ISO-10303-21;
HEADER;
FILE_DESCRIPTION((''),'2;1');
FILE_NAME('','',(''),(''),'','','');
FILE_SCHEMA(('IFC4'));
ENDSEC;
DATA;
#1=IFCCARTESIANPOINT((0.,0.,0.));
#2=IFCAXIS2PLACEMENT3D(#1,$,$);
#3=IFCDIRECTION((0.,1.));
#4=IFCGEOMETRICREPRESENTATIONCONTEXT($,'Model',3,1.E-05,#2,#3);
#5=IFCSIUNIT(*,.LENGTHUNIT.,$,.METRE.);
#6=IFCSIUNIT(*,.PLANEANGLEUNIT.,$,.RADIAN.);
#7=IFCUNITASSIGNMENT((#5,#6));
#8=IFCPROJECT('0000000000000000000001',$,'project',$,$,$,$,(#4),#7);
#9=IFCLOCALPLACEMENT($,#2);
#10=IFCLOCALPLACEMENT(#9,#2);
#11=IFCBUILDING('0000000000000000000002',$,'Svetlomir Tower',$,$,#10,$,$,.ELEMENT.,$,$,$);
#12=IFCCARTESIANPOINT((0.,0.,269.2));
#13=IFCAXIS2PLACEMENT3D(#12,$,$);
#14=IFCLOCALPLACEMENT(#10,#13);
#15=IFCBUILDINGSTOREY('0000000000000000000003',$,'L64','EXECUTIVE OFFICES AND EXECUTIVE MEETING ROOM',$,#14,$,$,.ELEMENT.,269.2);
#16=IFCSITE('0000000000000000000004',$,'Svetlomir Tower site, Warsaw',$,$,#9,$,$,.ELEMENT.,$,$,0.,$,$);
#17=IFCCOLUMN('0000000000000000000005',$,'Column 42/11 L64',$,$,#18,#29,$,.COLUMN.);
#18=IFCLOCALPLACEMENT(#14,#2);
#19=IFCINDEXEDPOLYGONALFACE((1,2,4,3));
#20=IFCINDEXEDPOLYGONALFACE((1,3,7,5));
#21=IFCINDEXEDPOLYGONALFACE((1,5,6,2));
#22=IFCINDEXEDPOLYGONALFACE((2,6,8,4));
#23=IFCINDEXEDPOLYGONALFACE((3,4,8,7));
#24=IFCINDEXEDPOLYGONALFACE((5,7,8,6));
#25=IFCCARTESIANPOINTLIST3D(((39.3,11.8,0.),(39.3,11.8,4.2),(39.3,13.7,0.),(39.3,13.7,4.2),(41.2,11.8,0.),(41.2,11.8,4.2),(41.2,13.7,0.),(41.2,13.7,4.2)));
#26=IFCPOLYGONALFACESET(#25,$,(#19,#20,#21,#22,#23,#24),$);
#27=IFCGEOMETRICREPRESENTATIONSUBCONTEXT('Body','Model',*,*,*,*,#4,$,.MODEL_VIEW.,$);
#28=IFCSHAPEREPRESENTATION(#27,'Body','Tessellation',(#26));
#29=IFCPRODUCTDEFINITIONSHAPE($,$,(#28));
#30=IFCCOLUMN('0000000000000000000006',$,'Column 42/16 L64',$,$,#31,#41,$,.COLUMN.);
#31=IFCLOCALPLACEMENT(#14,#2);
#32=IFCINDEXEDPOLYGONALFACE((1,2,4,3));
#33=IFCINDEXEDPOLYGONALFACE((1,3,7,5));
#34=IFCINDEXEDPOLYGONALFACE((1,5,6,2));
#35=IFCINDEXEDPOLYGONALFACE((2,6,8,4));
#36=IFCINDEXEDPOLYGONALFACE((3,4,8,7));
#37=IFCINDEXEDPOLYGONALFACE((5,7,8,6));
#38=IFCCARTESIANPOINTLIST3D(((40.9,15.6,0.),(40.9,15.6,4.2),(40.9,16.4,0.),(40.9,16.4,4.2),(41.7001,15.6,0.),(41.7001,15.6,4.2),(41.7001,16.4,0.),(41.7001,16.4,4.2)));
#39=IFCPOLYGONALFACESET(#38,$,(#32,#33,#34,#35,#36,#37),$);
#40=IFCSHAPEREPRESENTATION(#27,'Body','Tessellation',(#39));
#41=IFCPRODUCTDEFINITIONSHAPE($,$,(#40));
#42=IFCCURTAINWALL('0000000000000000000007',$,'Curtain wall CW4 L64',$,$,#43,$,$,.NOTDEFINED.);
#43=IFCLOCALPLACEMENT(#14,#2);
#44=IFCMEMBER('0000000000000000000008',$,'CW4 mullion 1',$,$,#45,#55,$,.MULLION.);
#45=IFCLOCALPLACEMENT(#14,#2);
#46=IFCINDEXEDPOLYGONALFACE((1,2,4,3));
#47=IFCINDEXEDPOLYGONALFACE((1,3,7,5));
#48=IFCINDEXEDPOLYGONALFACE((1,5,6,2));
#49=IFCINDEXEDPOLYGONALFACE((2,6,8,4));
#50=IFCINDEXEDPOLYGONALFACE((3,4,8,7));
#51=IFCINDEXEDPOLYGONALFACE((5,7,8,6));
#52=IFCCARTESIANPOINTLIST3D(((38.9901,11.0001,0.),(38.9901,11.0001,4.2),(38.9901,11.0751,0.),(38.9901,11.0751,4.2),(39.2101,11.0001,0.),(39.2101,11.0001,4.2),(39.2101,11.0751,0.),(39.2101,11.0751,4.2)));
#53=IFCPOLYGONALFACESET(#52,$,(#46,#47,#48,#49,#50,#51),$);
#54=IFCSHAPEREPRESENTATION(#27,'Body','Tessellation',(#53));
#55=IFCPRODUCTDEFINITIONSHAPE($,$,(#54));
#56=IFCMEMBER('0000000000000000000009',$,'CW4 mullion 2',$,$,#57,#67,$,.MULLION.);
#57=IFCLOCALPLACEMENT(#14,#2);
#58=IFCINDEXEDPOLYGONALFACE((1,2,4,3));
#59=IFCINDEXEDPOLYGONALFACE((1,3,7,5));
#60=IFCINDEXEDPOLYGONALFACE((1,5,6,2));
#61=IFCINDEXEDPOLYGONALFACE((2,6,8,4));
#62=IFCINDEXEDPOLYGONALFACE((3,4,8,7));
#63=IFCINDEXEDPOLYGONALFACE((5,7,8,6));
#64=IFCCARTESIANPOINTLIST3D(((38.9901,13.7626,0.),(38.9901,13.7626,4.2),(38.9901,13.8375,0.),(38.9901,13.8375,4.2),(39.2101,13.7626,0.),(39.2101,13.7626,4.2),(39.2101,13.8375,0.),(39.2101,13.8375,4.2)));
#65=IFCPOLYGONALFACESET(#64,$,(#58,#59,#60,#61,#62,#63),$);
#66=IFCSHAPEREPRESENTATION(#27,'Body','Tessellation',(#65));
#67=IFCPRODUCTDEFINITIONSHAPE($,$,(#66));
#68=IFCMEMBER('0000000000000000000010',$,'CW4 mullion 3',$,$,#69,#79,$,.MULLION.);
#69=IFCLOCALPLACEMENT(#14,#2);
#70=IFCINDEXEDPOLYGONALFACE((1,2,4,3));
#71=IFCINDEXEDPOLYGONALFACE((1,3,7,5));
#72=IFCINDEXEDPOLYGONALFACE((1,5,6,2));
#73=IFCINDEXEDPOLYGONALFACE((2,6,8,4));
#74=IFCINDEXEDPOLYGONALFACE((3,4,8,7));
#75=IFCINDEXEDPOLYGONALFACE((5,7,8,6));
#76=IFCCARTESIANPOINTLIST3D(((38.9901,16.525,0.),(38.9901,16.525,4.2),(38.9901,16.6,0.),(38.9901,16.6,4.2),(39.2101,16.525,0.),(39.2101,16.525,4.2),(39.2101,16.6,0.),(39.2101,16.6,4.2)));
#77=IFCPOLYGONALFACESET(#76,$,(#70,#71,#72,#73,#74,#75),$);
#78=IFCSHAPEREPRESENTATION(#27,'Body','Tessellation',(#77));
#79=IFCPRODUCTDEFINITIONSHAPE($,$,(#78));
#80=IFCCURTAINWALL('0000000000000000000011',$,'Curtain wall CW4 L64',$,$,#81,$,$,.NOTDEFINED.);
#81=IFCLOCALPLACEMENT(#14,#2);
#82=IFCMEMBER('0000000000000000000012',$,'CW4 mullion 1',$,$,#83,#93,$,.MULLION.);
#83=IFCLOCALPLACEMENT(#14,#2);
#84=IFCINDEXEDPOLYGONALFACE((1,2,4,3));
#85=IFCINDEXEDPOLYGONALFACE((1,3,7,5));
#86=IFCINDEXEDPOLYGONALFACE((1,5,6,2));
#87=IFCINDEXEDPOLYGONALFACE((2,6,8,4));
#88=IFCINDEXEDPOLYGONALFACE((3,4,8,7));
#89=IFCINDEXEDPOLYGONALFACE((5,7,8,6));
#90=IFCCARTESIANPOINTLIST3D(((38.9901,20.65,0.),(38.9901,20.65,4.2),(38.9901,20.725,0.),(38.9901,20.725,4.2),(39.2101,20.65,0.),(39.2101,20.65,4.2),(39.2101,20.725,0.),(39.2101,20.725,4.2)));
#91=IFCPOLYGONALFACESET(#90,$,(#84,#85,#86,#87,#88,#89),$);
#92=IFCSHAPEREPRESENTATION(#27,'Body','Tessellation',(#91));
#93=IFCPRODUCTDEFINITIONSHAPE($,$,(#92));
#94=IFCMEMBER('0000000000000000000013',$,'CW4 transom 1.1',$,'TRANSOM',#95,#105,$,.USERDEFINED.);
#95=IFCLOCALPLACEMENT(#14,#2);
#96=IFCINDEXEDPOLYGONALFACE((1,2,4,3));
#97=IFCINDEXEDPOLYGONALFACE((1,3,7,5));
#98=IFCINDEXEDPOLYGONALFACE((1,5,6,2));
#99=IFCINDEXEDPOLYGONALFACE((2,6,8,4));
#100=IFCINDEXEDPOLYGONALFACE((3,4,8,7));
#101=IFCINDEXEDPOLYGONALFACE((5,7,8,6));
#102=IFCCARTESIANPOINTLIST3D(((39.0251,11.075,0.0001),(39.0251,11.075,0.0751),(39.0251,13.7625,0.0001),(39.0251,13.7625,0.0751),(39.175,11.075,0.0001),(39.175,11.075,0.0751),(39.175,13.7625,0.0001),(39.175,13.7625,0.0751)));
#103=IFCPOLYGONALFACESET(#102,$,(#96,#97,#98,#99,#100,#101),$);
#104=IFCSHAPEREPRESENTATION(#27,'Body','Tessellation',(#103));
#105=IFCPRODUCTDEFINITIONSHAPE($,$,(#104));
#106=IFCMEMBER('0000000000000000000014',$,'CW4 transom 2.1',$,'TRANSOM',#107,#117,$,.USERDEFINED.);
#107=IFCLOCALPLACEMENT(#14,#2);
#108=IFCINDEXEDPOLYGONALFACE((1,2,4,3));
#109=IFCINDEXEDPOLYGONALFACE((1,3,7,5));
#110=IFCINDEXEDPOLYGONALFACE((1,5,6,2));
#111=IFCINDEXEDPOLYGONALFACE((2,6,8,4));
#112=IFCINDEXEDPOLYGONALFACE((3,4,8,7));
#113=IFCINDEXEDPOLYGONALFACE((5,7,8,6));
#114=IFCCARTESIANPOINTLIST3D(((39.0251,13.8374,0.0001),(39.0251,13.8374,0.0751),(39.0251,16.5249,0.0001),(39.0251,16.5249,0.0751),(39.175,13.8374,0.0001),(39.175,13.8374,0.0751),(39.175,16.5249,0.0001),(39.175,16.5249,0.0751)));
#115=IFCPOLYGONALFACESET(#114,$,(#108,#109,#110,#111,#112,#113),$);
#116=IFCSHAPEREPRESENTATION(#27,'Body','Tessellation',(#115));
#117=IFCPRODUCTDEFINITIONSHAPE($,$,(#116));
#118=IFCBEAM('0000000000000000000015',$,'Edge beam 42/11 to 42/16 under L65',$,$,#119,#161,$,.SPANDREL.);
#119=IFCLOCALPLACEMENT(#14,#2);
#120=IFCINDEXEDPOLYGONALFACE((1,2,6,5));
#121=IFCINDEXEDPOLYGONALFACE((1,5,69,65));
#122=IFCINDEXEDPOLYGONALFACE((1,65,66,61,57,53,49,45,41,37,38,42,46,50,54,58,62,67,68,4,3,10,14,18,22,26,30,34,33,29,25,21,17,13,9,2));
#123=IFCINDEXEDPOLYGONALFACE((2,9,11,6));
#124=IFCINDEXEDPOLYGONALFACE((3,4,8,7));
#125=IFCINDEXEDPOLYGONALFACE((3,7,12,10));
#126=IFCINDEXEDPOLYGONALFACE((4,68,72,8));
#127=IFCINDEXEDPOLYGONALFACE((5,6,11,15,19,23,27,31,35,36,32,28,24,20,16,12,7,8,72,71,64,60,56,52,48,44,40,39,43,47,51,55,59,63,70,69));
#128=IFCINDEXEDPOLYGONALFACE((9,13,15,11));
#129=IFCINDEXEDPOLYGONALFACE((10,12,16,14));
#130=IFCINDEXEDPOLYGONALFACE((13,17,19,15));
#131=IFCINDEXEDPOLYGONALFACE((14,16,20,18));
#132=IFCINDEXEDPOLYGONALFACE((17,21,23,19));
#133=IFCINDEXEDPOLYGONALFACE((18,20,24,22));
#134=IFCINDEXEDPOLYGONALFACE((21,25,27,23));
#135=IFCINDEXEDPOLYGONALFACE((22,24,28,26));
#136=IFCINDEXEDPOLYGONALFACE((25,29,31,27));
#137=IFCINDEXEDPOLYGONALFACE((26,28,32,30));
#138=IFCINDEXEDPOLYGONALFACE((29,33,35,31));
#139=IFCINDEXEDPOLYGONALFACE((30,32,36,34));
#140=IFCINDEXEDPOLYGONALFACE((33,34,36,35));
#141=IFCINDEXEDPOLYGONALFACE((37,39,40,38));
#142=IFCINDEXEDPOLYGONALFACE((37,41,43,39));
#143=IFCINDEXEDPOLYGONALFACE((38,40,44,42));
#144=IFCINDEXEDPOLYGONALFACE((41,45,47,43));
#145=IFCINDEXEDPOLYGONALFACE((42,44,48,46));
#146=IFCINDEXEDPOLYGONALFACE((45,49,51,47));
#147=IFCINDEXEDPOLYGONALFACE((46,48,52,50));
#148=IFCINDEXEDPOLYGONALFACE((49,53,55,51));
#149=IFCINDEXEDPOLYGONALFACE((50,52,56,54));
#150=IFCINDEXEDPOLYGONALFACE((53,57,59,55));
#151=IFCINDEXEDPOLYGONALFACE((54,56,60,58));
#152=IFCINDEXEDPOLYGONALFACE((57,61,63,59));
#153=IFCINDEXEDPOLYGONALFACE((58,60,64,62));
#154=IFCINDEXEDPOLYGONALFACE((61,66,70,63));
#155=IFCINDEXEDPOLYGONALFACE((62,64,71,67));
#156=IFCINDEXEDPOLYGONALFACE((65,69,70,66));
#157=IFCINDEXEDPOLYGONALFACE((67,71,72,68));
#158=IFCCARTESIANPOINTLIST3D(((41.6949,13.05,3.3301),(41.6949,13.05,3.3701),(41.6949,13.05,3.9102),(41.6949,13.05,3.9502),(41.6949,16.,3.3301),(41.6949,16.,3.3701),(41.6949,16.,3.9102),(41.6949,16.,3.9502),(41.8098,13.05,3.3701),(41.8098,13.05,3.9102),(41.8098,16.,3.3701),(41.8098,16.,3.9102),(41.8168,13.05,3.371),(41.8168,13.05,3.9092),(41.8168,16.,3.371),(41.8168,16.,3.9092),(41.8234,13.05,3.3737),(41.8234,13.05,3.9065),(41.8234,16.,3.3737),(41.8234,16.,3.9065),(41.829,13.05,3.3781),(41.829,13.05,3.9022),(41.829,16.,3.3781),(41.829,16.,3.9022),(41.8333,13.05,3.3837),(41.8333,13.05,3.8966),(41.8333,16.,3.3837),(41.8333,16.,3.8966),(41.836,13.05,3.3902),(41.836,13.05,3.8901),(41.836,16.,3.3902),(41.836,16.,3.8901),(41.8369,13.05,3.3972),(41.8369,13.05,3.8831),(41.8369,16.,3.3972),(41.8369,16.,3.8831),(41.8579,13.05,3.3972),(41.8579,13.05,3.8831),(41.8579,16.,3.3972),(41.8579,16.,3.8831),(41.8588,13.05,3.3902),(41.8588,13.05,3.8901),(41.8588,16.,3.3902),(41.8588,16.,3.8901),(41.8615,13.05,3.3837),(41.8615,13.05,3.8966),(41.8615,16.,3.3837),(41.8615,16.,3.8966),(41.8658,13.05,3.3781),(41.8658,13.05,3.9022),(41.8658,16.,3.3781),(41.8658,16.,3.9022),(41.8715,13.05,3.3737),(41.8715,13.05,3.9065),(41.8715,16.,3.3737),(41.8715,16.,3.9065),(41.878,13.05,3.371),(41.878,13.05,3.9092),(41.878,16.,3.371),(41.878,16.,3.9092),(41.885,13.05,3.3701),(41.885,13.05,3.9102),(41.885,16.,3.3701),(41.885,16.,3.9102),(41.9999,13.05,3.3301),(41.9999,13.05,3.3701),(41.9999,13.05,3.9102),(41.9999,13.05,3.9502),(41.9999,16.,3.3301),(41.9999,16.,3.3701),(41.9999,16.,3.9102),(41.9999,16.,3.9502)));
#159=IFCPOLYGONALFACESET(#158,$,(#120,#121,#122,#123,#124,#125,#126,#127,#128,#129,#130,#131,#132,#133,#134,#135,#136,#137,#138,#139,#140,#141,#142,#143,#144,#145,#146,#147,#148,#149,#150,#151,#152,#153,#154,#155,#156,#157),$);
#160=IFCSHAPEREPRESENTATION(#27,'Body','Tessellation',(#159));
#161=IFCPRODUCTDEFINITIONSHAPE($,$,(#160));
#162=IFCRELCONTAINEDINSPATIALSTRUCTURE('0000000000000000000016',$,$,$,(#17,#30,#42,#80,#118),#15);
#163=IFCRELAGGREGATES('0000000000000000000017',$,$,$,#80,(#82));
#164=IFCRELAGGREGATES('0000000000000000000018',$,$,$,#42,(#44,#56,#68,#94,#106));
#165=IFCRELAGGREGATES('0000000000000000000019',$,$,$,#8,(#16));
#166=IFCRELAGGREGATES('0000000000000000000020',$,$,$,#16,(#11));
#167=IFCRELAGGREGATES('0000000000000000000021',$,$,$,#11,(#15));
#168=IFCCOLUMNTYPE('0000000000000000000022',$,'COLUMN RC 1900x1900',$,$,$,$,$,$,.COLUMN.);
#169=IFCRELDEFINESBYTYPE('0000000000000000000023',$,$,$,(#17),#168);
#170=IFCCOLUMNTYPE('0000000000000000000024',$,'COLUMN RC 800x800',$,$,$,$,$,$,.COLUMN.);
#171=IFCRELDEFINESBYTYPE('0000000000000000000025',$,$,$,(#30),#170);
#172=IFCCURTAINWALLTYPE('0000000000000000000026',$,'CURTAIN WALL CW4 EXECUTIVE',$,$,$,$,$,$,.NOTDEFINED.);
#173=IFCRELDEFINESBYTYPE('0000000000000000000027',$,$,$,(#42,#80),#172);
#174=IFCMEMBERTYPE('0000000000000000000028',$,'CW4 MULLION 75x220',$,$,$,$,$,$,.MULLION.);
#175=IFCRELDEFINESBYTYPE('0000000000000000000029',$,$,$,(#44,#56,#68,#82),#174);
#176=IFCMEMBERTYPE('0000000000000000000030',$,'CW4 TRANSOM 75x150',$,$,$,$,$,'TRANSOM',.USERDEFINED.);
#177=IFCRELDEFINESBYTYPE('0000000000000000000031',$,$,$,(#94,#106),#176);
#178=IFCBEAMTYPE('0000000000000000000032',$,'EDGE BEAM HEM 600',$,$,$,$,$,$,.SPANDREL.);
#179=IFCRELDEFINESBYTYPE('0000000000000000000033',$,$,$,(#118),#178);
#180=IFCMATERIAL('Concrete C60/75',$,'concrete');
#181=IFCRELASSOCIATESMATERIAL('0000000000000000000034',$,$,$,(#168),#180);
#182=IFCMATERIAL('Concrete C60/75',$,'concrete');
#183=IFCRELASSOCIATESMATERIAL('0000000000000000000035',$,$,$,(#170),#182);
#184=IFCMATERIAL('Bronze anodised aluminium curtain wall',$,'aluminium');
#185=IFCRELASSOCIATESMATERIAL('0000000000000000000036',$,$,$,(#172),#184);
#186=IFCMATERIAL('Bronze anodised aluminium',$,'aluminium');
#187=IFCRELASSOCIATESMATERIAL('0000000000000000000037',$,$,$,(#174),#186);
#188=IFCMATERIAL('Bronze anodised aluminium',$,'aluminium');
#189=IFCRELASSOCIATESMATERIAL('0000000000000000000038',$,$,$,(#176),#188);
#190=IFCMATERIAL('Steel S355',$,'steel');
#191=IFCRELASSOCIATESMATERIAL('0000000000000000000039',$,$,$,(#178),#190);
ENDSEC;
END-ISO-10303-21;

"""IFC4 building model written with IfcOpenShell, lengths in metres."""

from ifc_helpers import new_model, si_unit, direction, frame, origin, origin_2d, place, context, subcontext, project, spatial, rectangle, i_section, extrude, material, material_profile, profile_set, type_object, element, aggregate, save


model = new_model("IFC4")

# Units and contexts
model_context = context("Model", 3, precision=1e-05, world=origin(), true_north=direction((0.0, 1.0)))
body_context = subcontext(model_context, "Body", "Model", "MODEL_VIEW")
ifc_project = project(units=[si_unit("LENGTHUNIT", "METRE"), si_unit("PLANEANGLEUNIT", "RADIAN")], contexts=[model_context])

# Site, building, storey
site_placement = place(None, origin())
site = spatial("IfcSite", under=ifc_project, at=site_placement, Name="Svetlomir Tower site, Warsaw", CompositionType="ELEMENT", RefElevation=0.0)
building_placement = place(site_placement, origin())
building = spatial("IfcBuilding", under=site, at=building_placement, Name="Svetlomir Tower", CompositionType="ELEMENT")
storey_placement = place(building_placement, frame((0.0, 0.0, 269.2)))
storey = spatial("IfcBuildingStorey", under=building, at=storey_placement, Name="L64", Description="EXECUTIVE OFFICES AND EXECUTIVE MEETING ROOM", CompositionType="ELEMENT", Elevation=269.2)

# Columns
ifc_material_1 = material(Name="Concrete C60/75", Category="concrete")
ifc_material_profile_1 = material_profile(ifc_material_1, rectangle(XDim=1.8999, YDim=1.8999, at=origin_2d()), Name="RC 1900x1900")
ifc_profile_set_1 = profile_set([ifc_material_profile_1], Name="Concrete C60/75")
column_type_1 = type_object("IfcColumnType", Name="COLUMN RC 1900x1900", PredefinedType="COLUMN", material=ifc_profile_set_1)
column_1_placement = place(storey_placement, frame((40.25, 12.75, 0.0), z_axis=(0.0, 0.0, 1.0), x_axis=(1.0, 0.0, 0.0)))
element("IfcColumn", 1, at=column_1_placement, inside=storey, type_object=column_type_1, Name="Column 42/11 L64", PredefinedType="COLUMN", context=body_context, shape_type="SweptSolid", body=[
    extrude(rectangle(XDim=1.8999, YDim=1.8999, at=origin_2d()), origin(), (0.0, 0.0, 1.0), 4.2),
])
ifc_material_2 = material(Name="Concrete C60/75", Category="concrete")
ifc_material_profile_2 = material_profile(ifc_material_2, rectangle(XDim=0.8, YDim=0.8, at=origin_2d()), Name="RC 800x800")
ifc_profile_set_2 = profile_set([ifc_material_profile_2], Name="Concrete C60/75")
column_type_2 = type_object("IfcColumnType", Name="COLUMN RC 800x800", PredefinedType="COLUMN", material=ifc_profile_set_2)
column_2_placement = place(storey_placement, frame((41.3, 16.0, 0.0), z_axis=(0.0, 0.0, 1.0), x_axis=(1.0, 0.0, 0.0)))
element("IfcColumn", 2, at=column_2_placement, inside=storey, type_object=column_type_2, Name="Column 42/16 L64", PredefinedType="COLUMN", context=body_context, shape_type="SweptSolid", body=[
    extrude(rectangle(XDim=0.8, YDim=0.8, at=origin_2d()), origin(), (0.0, 0.0, 1.0), 4.2),
])

# Curtain wall, members
ifc_material_3 = material(Name="Bronze anodised aluminium curtain wall", Category="aluminium")
curtain_wall_type = type_object("IfcCurtainWallType", Name="CURTAIN WALL CW4 EXECUTIVE", PredefinedType="NOTDEFINED", material=ifc_material_3)
curtain_wall_1_placement = place(storey_placement, origin())
curtain_wall_1 = element("IfcCurtainWall", 3, at=curtain_wall_1_placement, inside=storey, type_object=curtain_wall_type, Name="Curtain wall CW4 L64", PredefinedType="NOTDEFINED")
ifc_material_4 = material(Name="Bronze anodised aluminium", Category="aluminium")
ifc_material_profile_3 = material_profile(ifc_material_4, rectangle(XDim=0.075, YDim=0.22, at=origin_2d()), Name="AL 75x220")
ifc_profile_set_3 = profile_set([ifc_material_profile_3], Name="Bronze anodised aluminium 6063-T6")
member_type_1 = type_object("IfcMemberType", Name="CW4 MULLION 75x220", PredefinedType="MULLION", material=ifc_profile_set_3)
member_1_placement = place(storey_placement, frame((39.1001, 11.0376, 0.0), z_axis=(0.0, 0.0, 1.0), x_axis=(0.0, 1.0, 0.0)))
member_1 = element("IfcMember", 4, at=member_1_placement, type_object=member_type_1, Name="CW4 mullion 1", PredefinedType="MULLION", context=body_context, shape_type="SweptSolid", body=[
    extrude(rectangle(XDim=0.075, YDim=0.22, at=origin_2d()), origin(), (0.0, 0.0, 1.0), 4.2),
])
member_2_placement = place(storey_placement, frame((39.1001, 13.8, 0.0), z_axis=(0.0, 0.0, 1.0), x_axis=(0.0, 1.0, 0.0)))
member_2 = element("IfcMember", 5, at=member_2_placement, type_object=member_type_1, Name="CW4 mullion 2", PredefinedType="MULLION", context=body_context, shape_type="SweptSolid", body=[
    extrude(rectangle(XDim=0.075, YDim=0.22, at=origin_2d()), origin(), (0.0, 0.0, 1.0), 4.2),
])
member_3_placement = place(storey_placement, frame((39.1001, 16.5625, 0.0), z_axis=(0.0, 0.0, 1.0), x_axis=(0.0, 1.0, 0.0)))
member_3 = element("IfcMember", 6, at=member_3_placement, type_object=member_type_1, Name="CW4 mullion 3", PredefinedType="MULLION", context=body_context, shape_type="SweptSolid", body=[
    extrude(rectangle(XDim=0.075, YDim=0.22, at=origin_2d()), origin(), (0.0, 0.0, 1.0), 4.2),
])

# Curtain wall, member
curtain_wall_2_placement = place(storey_placement, origin())
curtain_wall_2 = element("IfcCurtainWall", 7, at=curtain_wall_2_placement, inside=storey, type_object=curtain_wall_type, Name="Curtain wall CW4 L64", PredefinedType="NOTDEFINED")
member_4_placement = place(storey_placement, frame((39.1001, 20.6875, 0.0), z_axis=(0.0, 0.0, 1.0), x_axis=(0.0, 1.0, 0.0)))
member_4 = element("IfcMember", 8, at=member_4_placement, type_object=member_type_1, Name="CW4 mullion 1", PredefinedType="MULLION", context=body_context, shape_type="SweptSolid", body=[
    extrude(rectangle(XDim=0.075, YDim=0.22, at=origin_2d()), origin(), (0.0, 0.0, 1.0), 4.2),
])
aggregate(curtain_wall_2, [member_4])

# Members
ifc_material_5 = material(Name="Bronze anodised aluminium", Category="aluminium")
ifc_material_profile_4 = material_profile(ifc_material_5, rectangle(XDim=0.1499, YDim=0.075, at=origin_2d()), Name="AL 150x75")
ifc_profile_set_4 = profile_set([ifc_material_profile_4], Name="Bronze anodised aluminium 6063-T6")
member_type_2 = type_object("IfcMemberType", Name="CW4 TRANSOM 75x150", ElementType="TRANSOM", PredefinedType="USERDEFINED", material=ifc_profile_set_4)
member_5_placement = place(storey_placement, frame((39.1001, 11.075, 0.0376), z_axis=(0.0, 1.0, 0.0), x_axis=(-1.0, 0.0, 0.0)))
member_5 = element("IfcMember", 9, at=member_5_placement, type_object=member_type_2, Name="CW4 transom 1.1", ObjectType="TRANSOM", PredefinedType="USERDEFINED", context=body_context, shape_type="SweptSolid", body=[
    extrude(rectangle(XDim=0.1499, YDim=0.075, at=origin_2d()), origin(), (0.0, 0.0, 1.0), 2.6875),
])
member_6_placement = place(storey_placement, frame((39.1001, 13.8374, 0.0376), z_axis=(0.0, 1.0, 0.0), x_axis=(-1.0, 0.0, 0.0)))
member_6 = element("IfcMember", 10, at=member_6_placement, type_object=member_type_2, Name="CW4 transom 2.1", ObjectType="TRANSOM", PredefinedType="USERDEFINED", context=body_context, shape_type="SweptSolid", body=[
    extrude(rectangle(XDim=0.1499, YDim=0.075, at=origin_2d()), origin(), (0.0, 0.0, 1.0), 2.6875),
])

# Beam
ifc_material_6 = material(Name="Steel S355", Category="steel")
ifc_material_profile_5 = material_profile(ifc_material_6, i_section(OverallWidth=0.3049, OverallDepth=0.6201, WebThickness=0.021, FlangeThickness=0.04, FilletRadius=0.0271, at=origin_2d()), Name="HEM 600")
ifc_profile_set_5 = profile_set([ifc_material_profile_5], Name="Steel S355")
beam_type_1 = type_object("IfcBeamType", Name="EDGE BEAM HEM 600", PredefinedType="SPANDREL", material=ifc_profile_set_5)
beam_1_placement = place(storey_placement, frame((41.8474, 13.05, 3.6401), z_axis=(0.0, 1.0, 0.0), x_axis=(-1.0, 0.0, 0.0)))
element("IfcBeam", 11, at=beam_1_placement, inside=storey, type_object=beam_type_1, Name="Edge beam 42/11 to 42/16 under L65", PredefinedType="SPANDREL", context=body_context, shape_type="SweptSolid", body=[
    extrude(i_section(OverallWidth=0.3049, OverallDepth=0.6201, WebThickness=0.021, FlangeThickness=0.04, FilletRadius=0.0271, at=origin_2d()), origin(), (0.0, 0.0, 1.0), 2.95),
])

aggregate(curtain_wall_1, [member_1, member_2, member_3, member_5, member_6])

save(model, "model.ifc")
